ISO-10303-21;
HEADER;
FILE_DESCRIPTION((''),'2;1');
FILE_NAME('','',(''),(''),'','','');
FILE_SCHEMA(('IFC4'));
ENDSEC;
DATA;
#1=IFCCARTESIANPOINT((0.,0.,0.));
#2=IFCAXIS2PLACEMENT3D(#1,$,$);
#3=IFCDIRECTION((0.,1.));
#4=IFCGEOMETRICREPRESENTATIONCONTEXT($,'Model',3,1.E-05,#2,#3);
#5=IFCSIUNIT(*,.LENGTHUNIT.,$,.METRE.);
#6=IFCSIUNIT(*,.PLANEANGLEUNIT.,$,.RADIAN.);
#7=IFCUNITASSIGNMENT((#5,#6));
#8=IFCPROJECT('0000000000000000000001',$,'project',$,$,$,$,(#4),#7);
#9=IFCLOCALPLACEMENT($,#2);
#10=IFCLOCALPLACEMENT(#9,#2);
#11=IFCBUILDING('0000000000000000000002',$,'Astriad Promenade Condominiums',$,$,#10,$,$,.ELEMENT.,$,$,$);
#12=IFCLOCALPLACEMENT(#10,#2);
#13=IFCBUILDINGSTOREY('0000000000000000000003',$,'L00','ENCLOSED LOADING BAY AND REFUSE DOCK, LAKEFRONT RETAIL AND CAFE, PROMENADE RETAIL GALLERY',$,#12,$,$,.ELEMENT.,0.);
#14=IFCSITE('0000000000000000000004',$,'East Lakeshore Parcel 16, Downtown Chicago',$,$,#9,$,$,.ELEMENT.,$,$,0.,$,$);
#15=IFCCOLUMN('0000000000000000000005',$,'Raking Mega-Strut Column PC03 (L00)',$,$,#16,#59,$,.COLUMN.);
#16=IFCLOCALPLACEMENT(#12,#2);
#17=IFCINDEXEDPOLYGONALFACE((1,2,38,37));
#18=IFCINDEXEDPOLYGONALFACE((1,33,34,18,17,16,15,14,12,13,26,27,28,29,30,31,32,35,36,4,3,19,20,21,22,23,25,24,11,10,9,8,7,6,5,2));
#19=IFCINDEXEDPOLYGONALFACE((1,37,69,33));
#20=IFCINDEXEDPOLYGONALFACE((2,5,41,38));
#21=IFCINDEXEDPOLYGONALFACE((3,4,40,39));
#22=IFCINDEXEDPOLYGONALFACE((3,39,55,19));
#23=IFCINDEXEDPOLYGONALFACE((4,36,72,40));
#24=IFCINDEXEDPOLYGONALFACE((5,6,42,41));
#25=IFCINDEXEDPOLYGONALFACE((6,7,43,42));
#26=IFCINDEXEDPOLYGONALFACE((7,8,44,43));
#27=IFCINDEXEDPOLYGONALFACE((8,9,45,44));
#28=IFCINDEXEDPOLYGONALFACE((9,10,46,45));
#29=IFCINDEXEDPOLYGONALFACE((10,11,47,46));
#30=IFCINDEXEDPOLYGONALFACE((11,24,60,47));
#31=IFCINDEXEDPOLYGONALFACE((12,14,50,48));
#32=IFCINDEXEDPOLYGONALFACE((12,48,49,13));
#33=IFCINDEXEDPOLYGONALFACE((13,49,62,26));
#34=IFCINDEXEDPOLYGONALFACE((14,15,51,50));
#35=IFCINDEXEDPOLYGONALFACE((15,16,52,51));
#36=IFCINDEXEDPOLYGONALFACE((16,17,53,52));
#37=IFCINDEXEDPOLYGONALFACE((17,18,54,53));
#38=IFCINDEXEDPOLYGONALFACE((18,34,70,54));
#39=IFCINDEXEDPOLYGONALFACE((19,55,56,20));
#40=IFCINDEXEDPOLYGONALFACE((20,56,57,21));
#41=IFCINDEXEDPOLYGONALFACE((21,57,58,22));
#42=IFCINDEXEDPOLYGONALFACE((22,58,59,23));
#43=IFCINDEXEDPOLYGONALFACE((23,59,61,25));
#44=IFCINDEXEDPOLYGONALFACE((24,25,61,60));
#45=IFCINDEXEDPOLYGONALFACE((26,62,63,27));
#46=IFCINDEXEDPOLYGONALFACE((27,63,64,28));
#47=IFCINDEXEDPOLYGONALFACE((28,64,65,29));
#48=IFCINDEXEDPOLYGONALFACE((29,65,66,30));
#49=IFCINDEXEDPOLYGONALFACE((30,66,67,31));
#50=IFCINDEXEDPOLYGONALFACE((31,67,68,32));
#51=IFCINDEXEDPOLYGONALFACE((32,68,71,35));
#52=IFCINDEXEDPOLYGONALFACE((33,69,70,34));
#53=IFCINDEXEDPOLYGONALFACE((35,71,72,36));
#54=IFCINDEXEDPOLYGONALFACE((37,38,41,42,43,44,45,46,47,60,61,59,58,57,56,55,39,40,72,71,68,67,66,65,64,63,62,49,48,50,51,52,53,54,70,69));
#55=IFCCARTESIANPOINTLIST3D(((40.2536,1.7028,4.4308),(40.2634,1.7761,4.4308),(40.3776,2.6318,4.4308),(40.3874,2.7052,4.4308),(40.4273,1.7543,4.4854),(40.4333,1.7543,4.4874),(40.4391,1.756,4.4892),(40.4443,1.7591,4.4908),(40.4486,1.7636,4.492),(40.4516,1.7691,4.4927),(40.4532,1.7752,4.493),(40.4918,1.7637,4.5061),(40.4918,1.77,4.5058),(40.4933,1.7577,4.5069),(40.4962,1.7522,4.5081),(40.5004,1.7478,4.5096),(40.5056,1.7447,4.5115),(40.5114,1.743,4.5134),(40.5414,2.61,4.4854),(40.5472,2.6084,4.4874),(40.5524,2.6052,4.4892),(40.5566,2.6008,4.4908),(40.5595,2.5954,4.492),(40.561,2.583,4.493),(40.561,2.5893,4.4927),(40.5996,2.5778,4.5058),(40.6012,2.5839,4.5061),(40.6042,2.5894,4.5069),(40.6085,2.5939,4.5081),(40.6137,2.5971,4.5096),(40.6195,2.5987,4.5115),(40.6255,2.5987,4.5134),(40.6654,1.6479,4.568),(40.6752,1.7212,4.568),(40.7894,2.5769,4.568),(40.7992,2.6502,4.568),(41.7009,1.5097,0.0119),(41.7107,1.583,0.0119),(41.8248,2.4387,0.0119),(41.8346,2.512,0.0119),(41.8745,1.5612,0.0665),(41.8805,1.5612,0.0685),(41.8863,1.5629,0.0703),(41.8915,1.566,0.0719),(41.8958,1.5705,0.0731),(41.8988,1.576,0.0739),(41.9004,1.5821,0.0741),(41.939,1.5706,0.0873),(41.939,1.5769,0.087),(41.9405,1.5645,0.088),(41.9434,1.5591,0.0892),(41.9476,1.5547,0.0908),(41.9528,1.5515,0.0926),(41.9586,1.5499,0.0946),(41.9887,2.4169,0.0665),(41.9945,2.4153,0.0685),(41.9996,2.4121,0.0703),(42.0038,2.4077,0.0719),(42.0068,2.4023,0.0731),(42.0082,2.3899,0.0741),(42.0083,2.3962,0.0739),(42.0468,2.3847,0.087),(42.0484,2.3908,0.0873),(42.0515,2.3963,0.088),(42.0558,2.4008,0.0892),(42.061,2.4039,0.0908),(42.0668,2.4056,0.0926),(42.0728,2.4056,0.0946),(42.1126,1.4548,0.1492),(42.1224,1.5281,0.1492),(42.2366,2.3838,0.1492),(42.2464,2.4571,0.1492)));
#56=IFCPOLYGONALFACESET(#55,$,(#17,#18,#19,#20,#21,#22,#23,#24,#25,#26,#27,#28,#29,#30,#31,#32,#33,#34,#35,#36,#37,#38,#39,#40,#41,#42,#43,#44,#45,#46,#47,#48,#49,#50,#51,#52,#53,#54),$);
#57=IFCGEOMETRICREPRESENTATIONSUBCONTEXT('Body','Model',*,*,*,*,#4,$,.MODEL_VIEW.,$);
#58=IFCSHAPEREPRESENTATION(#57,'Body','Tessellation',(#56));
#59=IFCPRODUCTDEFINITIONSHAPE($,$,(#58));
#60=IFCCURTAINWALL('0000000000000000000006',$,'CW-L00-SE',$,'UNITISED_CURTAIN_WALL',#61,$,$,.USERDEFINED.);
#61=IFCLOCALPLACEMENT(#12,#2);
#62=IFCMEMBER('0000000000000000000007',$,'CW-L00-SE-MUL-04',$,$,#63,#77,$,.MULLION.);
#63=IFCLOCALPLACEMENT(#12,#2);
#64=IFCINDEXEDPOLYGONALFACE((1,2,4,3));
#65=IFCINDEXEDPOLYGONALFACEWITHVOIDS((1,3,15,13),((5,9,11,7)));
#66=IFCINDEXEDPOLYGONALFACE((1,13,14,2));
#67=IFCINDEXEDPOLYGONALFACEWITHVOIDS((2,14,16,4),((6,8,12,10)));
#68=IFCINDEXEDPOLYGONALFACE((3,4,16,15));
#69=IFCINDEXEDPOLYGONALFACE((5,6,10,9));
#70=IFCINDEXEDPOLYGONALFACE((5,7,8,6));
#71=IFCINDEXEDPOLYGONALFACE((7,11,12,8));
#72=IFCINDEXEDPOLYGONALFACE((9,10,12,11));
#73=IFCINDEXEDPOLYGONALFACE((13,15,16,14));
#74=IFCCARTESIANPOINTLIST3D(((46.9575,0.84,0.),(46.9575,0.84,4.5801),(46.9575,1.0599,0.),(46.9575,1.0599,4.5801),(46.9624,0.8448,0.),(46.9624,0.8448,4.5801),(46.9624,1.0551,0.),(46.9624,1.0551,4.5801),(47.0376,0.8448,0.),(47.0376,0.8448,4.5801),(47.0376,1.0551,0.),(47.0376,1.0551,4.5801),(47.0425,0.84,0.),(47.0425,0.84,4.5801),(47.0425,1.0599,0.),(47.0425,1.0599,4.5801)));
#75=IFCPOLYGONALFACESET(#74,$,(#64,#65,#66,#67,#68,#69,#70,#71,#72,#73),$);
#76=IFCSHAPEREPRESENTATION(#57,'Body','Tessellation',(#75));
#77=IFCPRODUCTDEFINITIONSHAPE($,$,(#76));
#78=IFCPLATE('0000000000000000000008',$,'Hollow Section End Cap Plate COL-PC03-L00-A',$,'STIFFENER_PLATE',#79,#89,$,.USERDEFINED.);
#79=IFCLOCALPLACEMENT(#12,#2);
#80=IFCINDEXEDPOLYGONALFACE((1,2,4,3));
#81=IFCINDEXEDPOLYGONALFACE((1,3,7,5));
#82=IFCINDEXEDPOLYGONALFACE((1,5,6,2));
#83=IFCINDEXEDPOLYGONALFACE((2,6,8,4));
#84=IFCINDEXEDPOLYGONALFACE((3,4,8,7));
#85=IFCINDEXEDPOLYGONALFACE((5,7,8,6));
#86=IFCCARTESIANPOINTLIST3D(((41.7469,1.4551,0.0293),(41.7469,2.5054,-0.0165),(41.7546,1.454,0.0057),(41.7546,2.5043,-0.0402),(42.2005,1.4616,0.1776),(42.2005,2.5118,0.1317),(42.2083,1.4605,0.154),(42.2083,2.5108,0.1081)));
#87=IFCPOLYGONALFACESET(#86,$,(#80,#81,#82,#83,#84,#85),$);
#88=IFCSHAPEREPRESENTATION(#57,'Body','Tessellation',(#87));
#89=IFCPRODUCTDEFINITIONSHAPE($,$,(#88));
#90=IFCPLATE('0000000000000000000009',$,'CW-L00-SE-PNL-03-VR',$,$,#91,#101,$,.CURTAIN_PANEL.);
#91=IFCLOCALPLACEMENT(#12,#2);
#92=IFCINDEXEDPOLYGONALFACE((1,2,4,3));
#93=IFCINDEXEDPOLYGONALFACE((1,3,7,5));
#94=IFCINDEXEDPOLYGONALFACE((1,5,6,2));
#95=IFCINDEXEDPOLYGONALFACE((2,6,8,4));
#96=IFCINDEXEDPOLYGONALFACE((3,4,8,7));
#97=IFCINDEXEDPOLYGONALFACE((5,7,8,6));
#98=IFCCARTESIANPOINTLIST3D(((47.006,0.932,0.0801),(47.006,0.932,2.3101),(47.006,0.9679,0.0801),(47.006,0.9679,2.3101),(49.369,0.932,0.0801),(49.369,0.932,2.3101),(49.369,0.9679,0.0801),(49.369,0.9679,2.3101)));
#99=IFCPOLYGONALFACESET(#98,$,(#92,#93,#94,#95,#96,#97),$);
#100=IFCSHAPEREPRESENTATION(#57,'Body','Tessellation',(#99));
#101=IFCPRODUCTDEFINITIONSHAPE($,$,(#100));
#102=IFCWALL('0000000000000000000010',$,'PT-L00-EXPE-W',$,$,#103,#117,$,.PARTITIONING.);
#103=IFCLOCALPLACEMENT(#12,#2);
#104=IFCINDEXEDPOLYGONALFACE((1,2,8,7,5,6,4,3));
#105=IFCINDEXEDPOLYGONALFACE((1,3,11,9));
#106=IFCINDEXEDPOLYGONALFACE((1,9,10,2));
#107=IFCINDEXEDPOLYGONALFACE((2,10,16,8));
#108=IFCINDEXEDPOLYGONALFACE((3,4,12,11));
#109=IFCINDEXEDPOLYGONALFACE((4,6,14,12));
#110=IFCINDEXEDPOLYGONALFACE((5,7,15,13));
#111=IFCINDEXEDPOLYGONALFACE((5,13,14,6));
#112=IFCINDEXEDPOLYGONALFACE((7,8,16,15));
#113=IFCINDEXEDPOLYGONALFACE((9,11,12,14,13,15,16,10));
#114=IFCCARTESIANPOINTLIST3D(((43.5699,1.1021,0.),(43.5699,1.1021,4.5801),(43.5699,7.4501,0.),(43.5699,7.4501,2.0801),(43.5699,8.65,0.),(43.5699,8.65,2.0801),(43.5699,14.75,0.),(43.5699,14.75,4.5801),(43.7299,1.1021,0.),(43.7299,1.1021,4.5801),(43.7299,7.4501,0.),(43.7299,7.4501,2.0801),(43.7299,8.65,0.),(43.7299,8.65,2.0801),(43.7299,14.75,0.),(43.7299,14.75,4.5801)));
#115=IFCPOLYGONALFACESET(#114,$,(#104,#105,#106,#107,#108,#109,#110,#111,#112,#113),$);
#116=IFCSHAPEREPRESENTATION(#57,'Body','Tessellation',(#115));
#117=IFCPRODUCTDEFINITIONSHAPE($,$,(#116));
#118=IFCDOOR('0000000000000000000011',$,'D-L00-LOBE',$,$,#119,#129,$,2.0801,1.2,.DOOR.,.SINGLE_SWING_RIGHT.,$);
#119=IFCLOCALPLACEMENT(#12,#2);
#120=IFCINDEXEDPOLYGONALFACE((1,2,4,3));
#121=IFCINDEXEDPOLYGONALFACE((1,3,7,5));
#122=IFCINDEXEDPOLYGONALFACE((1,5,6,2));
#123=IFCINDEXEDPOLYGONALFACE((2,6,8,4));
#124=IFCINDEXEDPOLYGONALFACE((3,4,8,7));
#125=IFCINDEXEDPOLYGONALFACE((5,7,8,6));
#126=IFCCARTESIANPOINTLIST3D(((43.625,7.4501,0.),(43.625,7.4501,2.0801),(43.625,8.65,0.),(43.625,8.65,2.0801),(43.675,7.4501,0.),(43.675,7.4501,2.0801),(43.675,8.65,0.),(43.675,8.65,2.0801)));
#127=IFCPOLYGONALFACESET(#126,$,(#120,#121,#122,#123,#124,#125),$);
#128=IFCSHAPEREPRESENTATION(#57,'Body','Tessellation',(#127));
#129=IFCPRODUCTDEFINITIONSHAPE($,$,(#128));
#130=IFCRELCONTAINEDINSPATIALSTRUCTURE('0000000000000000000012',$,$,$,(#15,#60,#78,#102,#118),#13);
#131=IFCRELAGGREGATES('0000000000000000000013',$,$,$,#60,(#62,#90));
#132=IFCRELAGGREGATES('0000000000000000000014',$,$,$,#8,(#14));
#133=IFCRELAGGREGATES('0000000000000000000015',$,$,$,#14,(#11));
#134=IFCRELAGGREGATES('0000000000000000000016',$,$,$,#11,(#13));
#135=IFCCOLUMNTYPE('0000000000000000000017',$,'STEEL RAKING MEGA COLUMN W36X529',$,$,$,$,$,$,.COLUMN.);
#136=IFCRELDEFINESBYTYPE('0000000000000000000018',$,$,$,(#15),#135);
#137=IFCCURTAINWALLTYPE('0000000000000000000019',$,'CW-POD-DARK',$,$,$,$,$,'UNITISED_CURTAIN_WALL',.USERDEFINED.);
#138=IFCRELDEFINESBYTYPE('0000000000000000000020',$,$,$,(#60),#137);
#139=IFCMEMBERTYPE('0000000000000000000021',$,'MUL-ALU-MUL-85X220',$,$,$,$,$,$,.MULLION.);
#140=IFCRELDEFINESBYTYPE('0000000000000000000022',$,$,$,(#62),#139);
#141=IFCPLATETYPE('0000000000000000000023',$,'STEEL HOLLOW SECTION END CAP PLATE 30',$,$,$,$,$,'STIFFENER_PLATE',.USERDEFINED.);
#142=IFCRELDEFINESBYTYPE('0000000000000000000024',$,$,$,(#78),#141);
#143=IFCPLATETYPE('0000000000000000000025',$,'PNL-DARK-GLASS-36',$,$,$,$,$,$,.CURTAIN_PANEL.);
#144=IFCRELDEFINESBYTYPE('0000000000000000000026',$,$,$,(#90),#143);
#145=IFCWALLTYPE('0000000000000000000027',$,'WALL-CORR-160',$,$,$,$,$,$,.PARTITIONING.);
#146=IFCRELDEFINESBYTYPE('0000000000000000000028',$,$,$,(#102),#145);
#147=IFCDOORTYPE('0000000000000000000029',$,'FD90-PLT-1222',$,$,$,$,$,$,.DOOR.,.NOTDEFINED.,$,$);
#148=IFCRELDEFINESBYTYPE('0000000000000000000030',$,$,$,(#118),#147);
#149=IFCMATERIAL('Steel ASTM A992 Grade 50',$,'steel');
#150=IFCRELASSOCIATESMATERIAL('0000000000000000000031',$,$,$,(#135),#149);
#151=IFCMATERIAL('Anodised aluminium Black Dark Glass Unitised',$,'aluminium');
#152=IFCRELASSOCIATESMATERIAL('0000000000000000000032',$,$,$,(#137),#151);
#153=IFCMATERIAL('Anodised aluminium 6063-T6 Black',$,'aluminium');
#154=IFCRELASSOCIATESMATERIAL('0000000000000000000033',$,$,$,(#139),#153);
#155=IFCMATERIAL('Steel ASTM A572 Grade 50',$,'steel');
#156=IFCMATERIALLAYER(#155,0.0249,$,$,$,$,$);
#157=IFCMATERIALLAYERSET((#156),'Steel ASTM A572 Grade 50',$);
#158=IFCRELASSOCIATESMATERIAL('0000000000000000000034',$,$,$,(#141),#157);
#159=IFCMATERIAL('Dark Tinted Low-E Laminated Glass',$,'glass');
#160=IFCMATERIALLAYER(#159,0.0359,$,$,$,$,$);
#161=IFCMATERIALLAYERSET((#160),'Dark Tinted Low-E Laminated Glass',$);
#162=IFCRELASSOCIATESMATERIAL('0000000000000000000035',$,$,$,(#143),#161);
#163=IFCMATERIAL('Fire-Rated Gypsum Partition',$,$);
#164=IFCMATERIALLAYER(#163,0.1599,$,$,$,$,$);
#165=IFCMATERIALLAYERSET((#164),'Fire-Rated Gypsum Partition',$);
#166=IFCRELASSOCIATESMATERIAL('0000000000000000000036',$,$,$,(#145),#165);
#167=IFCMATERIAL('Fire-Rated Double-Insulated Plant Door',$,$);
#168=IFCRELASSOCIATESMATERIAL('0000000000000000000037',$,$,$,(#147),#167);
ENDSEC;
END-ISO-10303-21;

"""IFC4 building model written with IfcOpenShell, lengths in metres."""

from ifc_helpers import new_model, si_unit, direction, frame, frame_2d, origin, origin_2d, place, context, subcontext, project, spatial, rectangle, hollow_rectangle, i_section, extrude, source, transform, mapped, material, layer, layer_set, material_profile, profile_set, type_object, type_shapes, element, fill, aggregate, save


model = new_model("IFC4")

# Units and contexts
model_context = context("Model", 3, precision=1e-05, world=origin(), true_north=direction((0.0, 1.0)))
body_context = subcontext(model_context, "Body", "Model", "MODEL_VIEW")
ifc_project = project(units=[si_unit("LENGTHUNIT", "METRE"), si_unit("PLANEANGLEUNIT", "RADIAN")], contexts=[model_context])

# Site, building, storey
site_placement = place(None, origin())
site = spatial("IfcSite", under=ifc_project, at=site_placement, Name="East Lakeshore Parcel 16, Downtown Chicago", CompositionType="ELEMENT", RefElevation=0.0)
building_placement = place(site_placement, origin())
building = spatial("IfcBuilding", under=site, at=building_placement, Name="Astriad Promenade Condominiums", CompositionType="ELEMENT")
storey_placement = place(building_placement, origin())
storey = spatial("IfcBuildingStorey", under=building, at=storey_placement, Name="L00", Description="ENCLOSED LOADING BAY AND REFUSE DOCK, LAKEFRONT RETAIL AND CAFE, PROMENADE RETAIL GALLERY", CompositionType="ELEMENT", Elevation=0.0)

# Column
ifc_material_1 = material(Name="Steel ASTM A992 Grade 50", Category="steel")
ifc_material_profile_1 = material_profile(ifc_material_1, i_section(OverallWidth=0.4375, OverallDepth=1.0112, WebThickness=0.041, FlangeThickness=0.074, FilletRadius=0.0242, at=origin_2d()), Name="W36X529")
ifc_profile_set_1 = profile_set([ifc_material_profile_1], Name="Steel ASTM A992 Grade 50")
column_type = type_object("IfcColumnType", Name="STEEL RAKING MEGA COLUMN W36X529", PredefinedType="COLUMN", material=ifc_profile_set_1)
shared_shape_1 = source(origin(), body_context, "Body", "SweptSolid", [
    extrude(i_section(OverallWidth=0.4375, OverallDepth=1.0112, WebThickness=0.041, FlangeThickness=0.074, FilletRadius=0.0242, at=origin_2d()), origin(), (0.0, 0.0, 1.0), 4.6538),
])
type_shapes(column_type, [shared_shape_1])
column_placement = place(storey_placement, frame((41.9736, 1.9834, 0.0806), z_axis=(-0.310978, 0.041495, 0.949511), x_axis=(0.941169, -0.125584, 0.313734)))
element("IfcColumn", 1, at=column_placement, inside=storey, type_object=column_type, Name="Raking Mega-Strut Column PC03 (L00)", PredefinedType="COLUMN", context=body_context, shape_type="MappedRepresentation", body=[
    mapped(shared_shape_1, transform((0.0, 0.0, 0.0), scale=1.0)),
])

# Curtain wall, member
ifc_material_2 = material(Name="Anodised aluminium Black Dark Glass Unitised", Category="aluminium")
curtain_wall_type = type_object("IfcCurtainWallType", Name="CW-POD-DARK", ElementType="UNITISED_CURTAIN_WALL", PredefinedType="USERDEFINED", material=ifc_material_2)
curtain_wall_placement = place(storey_placement, origin())
curtain_wall = element("IfcCurtainWall", 2, at=curtain_wall_placement, inside=storey, type_object=curtain_wall_type, Name="CW-L00-SE", ObjectType="UNITISED_CURTAIN_WALL", PredefinedType="USERDEFINED")
ifc_material_3 = material(Name="Anodised aluminium 6063-T6 Black", Category="aluminium")
ifc_material_profile_2 = material_profile(ifc_material_3, hollow_rectangle(XDim=0.085, YDim=0.22, WallThickness=0.0049, at=origin_2d()), Name="ALU-MUL-85X220")
ifc_profile_set_2 = profile_set([ifc_material_profile_2], Name="Anodised aluminium 6063-T6 Black")
member_type = type_object("IfcMemberType", Name="MUL-ALU-MUL-85X220", PredefinedType="MULLION", material=ifc_profile_set_2)
shared_shape_2 = source(origin(), body_context, "Body", "SweptSolid", [
    extrude(hollow_rectangle(XDim=0.085, YDim=0.22, WallThickness=0.0049, at=origin_2d()), origin(), (0.0, 0.0, 1.0), 4.5801),
])
type_shapes(member_type, [shared_shape_2])
member_placement = place(storey_placement, frame((47.0, 0.95, 0.0), z_axis=(0.0, 0.0, 1.0), x_axis=(1.0, 0.0, 0.0)))
member = element("IfcMember", 3, at=member_placement, type_object=member_type, Name="CW-L00-SE-MUL-04", PredefinedType="MULLION", context=body_context, shape_type="MappedRepresentation", body=[
    mapped(shared_shape_2, transform((0.0, 0.0, 0.0), scale=1.0)),
])

# Plates
ifc_material_4 = material(Name="Steel ASTM A572 Grade 50", Category="steel")
ifc_layer_1 = layer(ifc_material_4, 0.0249)
ifc_layer_set_1 = layer_set([ifc_layer_1], Name="Steel ASTM A572 Grade 50")
plate_type_1 = type_object("IfcPlateType", Name="STEEL HOLLOW SECTION END CAP PLATE 30", ElementType="STIFFENER_PLATE", PredefinedType="USERDEFINED", material=ifc_layer_set_1)
shared_shape_3 = source(origin(), body_context, "Body", "SweptSolid", [
    extrude(rectangle(XDim=0.4773, YDim=1.0513, at=origin_2d()), origin(), (0.0, 0.0, 1.0), 0.0249),
])
type_shapes(plate_type_1, [shared_shape_3])
plate_1_placement = place(storey_placement, frame((41.9814, 1.9824, 0.0569), z_axis=(-0.310975, 0.041472, 0.949513), x_axis=(1.0, 0.0, 0.0)))
element("IfcPlate", 4, at=plate_1_placement, inside=storey, type_object=plate_type_1, Name="Hollow Section End Cap Plate COL-PC03-L00-A", ObjectType="STIFFENER_PLATE", PredefinedType="USERDEFINED", context=body_context, shape_type="MappedRepresentation", body=[
    mapped(shared_shape_3, transform((0.0, 0.0, 0.0), scale=1.0)),
])
ifc_material_5 = material(Name="Dark Tinted Low-E Laminated Glass", Category="glass")
ifc_layer_2 = layer(ifc_material_5, 0.0359)
ifc_layer_set_2 = layer_set([ifc_layer_2], Name="Dark Tinted Low-E Laminated Glass")
plate_type_2 = type_object("IfcPlateType", Name="PNL-DARK-GLASS-36", PredefinedType="CURTAIN_PANEL", material=ifc_layer_set_2)
shared_shape_4 = source(origin(), body_context, "Body", "SweptSolid", [
    extrude(rectangle(XDim=2.363, YDim=0.0359, at=origin_2d()), origin(), (0.0, 0.0, 1.0), 2.23),
])
type_shapes(plate_type_2, [shared_shape_4])
plate_2_placement = place(storey_placement, frame((48.1875, 0.95, 0.0801), z_axis=(0.0, 0.0, 1.0), x_axis=(-1.0, 0.0, 0.0)))
plate_2 = element("IfcPlate", 5, at=plate_2_placement, type_object=plate_type_2, Name="CW-L00-SE-PNL-03-VR", PredefinedType="CURTAIN_PANEL", context=body_context, shape_type="MappedRepresentation", body=[
    mapped(shared_shape_4, transform((0.0, 0.0, 0.0), scale=1.0)),
])
aggregate(curtain_wall, [member, plate_2])

# Wall, opening, door
ifc_material_6 = material(Name="Fire-Rated Gypsum Partition")
ifc_layer_3 = layer(ifc_material_6, 0.1599)
ifc_layer_set_3 = layer_set([ifc_layer_3], Name="Fire-Rated Gypsum Partition")
wall_type_1 = type_object("IfcWallType", Name="WALL-CORR-160", PredefinedType="PARTITIONING", material=ifc_layer_set_3)
wall_1_placement = place(storey_placement, frame((43.6499, 1.1021, 0.0), z_axis=(0.0, 0.0, 1.0), x_axis=(0.0, 1.0, 0.0)))
wall_1 = element("IfcWall", 6, at=wall_1_placement, inside=storey, type_object=wall_type_1, Name="PT-L00-EXPE-W", PredefinedType="PARTITIONING", context=body_context, shape_type="SweptSolid", body=[
    extrude(rectangle(XDim=13.6479, YDim=0.1599, at=frame_2d((6.824, 0.0))), origin(), (0.0, 0.0, 1.0), 4.5801),
])
opening_1_placement = place(wall_1_placement, frame((6.3479, 0.0, 0.0)))
opening_1 = element("IfcOpeningElement", 7, at=opening_1_placement, cuts=wall_1, PredefinedType="OPENING", context=body_context, shape_type="SweptSolid", body=[
    extrude(rectangle(XDim=1.2, YDim=2.0801, at=frame_2d((0.6001, 1.04))), frame((0.0, 0.0898, 0.0), z_axis=(0.0, -1.0, 0.0), x_axis=(1.0, 0.0, 0.0)), (0.0, 0.0, 1.0), 0.1799),
])
ifc_material_7 = material(Name="Fire-Rated Double-Insulated Plant Door")
door_type_1 = type_object("IfcDoorType", Name="FD90-PLT-1222", OperationType="NOTDEFINED", PredefinedType="DOOR", material=ifc_material_7)
shared_shape_5 = source(origin(), body_context, "Body", "SweptSolid", [
    extrude(rectangle(XDim=1.2, YDim=2.0801, at=frame_2d((0.6001, 1.04))), frame((0.0, 0.0249, 0.0), z_axis=(0.0, -1.0, 0.0), x_axis=(1.0, 0.0, 0.0)), (0.0, 0.0, 1.0), 0.05),
])
type_shapes(door_type_1, [shared_shape_5])
door_1_placement = place(opening_1_placement, origin())
door_1 = element("IfcDoor", 8, at=door_1_placement, inside=storey, type_object=door_type_1, Name="D-L00-LOBE", OperationType="SINGLE_SWING_RIGHT", OverallHeight=2.0801, OverallWidth=1.2, PredefinedType="DOOR", context=body_context, shape_type="MappedRepresentation", body=[
    mapped(shared_shape_5, transform((0.0, 0.0, 0.0), scale=1.0)),
])
fill(opening_1, door_1)

save(model, "model.ifc")
